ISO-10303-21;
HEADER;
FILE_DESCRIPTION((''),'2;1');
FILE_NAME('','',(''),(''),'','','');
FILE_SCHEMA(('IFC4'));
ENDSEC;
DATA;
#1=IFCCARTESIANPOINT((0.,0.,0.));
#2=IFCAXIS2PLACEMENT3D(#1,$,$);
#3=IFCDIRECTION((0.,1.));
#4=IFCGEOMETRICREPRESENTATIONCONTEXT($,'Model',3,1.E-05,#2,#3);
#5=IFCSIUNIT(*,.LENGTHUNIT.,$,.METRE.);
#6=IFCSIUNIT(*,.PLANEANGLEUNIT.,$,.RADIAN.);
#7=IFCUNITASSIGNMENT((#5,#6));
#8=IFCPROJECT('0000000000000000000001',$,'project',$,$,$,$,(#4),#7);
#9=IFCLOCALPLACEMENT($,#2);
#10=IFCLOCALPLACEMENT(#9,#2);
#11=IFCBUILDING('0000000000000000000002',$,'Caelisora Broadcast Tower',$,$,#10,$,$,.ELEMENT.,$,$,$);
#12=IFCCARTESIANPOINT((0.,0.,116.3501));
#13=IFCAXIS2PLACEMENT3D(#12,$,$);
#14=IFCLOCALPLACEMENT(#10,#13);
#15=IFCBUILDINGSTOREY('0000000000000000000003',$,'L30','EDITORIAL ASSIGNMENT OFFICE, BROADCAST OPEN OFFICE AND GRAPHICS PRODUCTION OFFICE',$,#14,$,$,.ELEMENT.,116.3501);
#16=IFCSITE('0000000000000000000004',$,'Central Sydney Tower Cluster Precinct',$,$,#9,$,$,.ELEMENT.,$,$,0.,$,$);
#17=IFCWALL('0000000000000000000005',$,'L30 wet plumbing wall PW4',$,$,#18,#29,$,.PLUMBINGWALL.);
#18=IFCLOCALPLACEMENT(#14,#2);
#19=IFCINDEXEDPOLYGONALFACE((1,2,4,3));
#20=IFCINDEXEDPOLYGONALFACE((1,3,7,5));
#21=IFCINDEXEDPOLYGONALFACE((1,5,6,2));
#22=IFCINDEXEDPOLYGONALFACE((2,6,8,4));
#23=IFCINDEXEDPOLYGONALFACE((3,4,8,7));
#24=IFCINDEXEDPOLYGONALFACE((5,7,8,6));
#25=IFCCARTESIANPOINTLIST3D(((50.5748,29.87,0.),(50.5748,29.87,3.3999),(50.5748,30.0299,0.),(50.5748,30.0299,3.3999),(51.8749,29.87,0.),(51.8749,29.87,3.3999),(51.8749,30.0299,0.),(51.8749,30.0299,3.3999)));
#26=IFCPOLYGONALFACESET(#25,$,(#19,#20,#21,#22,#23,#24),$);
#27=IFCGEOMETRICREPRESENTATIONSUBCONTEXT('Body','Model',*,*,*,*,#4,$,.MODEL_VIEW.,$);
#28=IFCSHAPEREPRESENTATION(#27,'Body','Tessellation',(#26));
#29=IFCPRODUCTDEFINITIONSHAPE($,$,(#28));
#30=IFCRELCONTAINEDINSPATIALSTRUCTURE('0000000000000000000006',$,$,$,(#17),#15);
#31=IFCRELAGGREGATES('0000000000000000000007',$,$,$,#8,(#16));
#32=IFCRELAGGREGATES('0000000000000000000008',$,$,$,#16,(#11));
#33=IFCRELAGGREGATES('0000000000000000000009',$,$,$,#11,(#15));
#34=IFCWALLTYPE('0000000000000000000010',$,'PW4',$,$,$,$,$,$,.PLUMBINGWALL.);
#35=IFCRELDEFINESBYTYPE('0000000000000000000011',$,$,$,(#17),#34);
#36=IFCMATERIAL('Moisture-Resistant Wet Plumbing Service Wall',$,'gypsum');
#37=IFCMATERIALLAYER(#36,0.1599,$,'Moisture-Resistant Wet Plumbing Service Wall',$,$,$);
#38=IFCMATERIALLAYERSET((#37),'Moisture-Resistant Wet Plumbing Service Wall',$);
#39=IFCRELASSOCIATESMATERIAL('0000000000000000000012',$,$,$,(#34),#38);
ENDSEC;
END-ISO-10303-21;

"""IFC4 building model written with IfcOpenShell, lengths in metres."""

from ifc_helpers import new_model, si_unit, direction, frame, frame_2d, origin, place, context, subcontext, project, spatial, rectangle, extrude, material, layer, layer_set, type_object, element, save


model = new_model("IFC4")

# Units and contexts
model_context = context("Model", 3, precision=1e-05, world=origin(), true_north=direction((0.0, 1.0)))
body_context = subcontext(model_context, "Body", "Model", "MODEL_VIEW")
ifc_project = project(units=[si_unit("LENGTHUNIT", "METRE"), si_unit("PLANEANGLEUNIT", "RADIAN")], contexts=[model_context])

# Site, building, storey
site_placement = place(None, origin())
site = spatial("IfcSite", under=ifc_project, at=site_placement, Name="Central Sydney Tower Cluster Precinct", CompositionType="ELEMENT", RefElevation=0.0)
building_placement = place(site_placement, origin())
building = spatial("IfcBuilding", under=site, at=building_placement, Name="Caelisora Broadcast Tower", CompositionType="ELEMENT")
storey_placement = place(building_placement, frame((0.0, 0.0, 116.3501)))
storey = spatial("IfcBuildingStorey", under=building, at=storey_placement, Name="L30", Description="EDITORIAL ASSIGNMENT OFFICE, BROADCAST OPEN OFFICE AND GRAPHICS PRODUCTION OFFICE", CompositionType="ELEMENT", Elevation=116.3501)

# Shared definitions
ifc_material_1 = material(Name="Moisture-Resistant Wet Plumbing Service Wall", Category="gypsum")
ifc_layer_1 = layer(ifc_material_1, 0.1599, Name="Moisture-Resistant Wet Plumbing Service Wall")
ifc_layer_set_1 = layer_set([ifc_layer_1], Name="Moisture-Resistant Wet Plumbing Service Wall")
wall_type_1 = type_object("IfcWallType", Name="PW4", PredefinedType="PLUMBINGWALL", material=ifc_layer_set_1)

# Wall
wall_1_placement = place(storey_placement, frame((50.575, 29.95, 0.0), z_axis=(0.0, 0.0, 1.0), x_axis=(1.0, 0.0, 0.0)))
element("IfcWall", 1, at=wall_1_placement, inside=storey, type_object=wall_type_1, Name="L30 wet plumbing wall PW4", PredefinedType="PLUMBINGWALL", context=body_context, shape_type="SweptSolid", body=[
    extrude(rectangle(XDim=1.3, YDim=0.1599, at=frame_2d((0.6499, 0.0))), origin(), (0.0, 0.0, 1.0), 3.3999),
])

save(model, "model.ifc")
